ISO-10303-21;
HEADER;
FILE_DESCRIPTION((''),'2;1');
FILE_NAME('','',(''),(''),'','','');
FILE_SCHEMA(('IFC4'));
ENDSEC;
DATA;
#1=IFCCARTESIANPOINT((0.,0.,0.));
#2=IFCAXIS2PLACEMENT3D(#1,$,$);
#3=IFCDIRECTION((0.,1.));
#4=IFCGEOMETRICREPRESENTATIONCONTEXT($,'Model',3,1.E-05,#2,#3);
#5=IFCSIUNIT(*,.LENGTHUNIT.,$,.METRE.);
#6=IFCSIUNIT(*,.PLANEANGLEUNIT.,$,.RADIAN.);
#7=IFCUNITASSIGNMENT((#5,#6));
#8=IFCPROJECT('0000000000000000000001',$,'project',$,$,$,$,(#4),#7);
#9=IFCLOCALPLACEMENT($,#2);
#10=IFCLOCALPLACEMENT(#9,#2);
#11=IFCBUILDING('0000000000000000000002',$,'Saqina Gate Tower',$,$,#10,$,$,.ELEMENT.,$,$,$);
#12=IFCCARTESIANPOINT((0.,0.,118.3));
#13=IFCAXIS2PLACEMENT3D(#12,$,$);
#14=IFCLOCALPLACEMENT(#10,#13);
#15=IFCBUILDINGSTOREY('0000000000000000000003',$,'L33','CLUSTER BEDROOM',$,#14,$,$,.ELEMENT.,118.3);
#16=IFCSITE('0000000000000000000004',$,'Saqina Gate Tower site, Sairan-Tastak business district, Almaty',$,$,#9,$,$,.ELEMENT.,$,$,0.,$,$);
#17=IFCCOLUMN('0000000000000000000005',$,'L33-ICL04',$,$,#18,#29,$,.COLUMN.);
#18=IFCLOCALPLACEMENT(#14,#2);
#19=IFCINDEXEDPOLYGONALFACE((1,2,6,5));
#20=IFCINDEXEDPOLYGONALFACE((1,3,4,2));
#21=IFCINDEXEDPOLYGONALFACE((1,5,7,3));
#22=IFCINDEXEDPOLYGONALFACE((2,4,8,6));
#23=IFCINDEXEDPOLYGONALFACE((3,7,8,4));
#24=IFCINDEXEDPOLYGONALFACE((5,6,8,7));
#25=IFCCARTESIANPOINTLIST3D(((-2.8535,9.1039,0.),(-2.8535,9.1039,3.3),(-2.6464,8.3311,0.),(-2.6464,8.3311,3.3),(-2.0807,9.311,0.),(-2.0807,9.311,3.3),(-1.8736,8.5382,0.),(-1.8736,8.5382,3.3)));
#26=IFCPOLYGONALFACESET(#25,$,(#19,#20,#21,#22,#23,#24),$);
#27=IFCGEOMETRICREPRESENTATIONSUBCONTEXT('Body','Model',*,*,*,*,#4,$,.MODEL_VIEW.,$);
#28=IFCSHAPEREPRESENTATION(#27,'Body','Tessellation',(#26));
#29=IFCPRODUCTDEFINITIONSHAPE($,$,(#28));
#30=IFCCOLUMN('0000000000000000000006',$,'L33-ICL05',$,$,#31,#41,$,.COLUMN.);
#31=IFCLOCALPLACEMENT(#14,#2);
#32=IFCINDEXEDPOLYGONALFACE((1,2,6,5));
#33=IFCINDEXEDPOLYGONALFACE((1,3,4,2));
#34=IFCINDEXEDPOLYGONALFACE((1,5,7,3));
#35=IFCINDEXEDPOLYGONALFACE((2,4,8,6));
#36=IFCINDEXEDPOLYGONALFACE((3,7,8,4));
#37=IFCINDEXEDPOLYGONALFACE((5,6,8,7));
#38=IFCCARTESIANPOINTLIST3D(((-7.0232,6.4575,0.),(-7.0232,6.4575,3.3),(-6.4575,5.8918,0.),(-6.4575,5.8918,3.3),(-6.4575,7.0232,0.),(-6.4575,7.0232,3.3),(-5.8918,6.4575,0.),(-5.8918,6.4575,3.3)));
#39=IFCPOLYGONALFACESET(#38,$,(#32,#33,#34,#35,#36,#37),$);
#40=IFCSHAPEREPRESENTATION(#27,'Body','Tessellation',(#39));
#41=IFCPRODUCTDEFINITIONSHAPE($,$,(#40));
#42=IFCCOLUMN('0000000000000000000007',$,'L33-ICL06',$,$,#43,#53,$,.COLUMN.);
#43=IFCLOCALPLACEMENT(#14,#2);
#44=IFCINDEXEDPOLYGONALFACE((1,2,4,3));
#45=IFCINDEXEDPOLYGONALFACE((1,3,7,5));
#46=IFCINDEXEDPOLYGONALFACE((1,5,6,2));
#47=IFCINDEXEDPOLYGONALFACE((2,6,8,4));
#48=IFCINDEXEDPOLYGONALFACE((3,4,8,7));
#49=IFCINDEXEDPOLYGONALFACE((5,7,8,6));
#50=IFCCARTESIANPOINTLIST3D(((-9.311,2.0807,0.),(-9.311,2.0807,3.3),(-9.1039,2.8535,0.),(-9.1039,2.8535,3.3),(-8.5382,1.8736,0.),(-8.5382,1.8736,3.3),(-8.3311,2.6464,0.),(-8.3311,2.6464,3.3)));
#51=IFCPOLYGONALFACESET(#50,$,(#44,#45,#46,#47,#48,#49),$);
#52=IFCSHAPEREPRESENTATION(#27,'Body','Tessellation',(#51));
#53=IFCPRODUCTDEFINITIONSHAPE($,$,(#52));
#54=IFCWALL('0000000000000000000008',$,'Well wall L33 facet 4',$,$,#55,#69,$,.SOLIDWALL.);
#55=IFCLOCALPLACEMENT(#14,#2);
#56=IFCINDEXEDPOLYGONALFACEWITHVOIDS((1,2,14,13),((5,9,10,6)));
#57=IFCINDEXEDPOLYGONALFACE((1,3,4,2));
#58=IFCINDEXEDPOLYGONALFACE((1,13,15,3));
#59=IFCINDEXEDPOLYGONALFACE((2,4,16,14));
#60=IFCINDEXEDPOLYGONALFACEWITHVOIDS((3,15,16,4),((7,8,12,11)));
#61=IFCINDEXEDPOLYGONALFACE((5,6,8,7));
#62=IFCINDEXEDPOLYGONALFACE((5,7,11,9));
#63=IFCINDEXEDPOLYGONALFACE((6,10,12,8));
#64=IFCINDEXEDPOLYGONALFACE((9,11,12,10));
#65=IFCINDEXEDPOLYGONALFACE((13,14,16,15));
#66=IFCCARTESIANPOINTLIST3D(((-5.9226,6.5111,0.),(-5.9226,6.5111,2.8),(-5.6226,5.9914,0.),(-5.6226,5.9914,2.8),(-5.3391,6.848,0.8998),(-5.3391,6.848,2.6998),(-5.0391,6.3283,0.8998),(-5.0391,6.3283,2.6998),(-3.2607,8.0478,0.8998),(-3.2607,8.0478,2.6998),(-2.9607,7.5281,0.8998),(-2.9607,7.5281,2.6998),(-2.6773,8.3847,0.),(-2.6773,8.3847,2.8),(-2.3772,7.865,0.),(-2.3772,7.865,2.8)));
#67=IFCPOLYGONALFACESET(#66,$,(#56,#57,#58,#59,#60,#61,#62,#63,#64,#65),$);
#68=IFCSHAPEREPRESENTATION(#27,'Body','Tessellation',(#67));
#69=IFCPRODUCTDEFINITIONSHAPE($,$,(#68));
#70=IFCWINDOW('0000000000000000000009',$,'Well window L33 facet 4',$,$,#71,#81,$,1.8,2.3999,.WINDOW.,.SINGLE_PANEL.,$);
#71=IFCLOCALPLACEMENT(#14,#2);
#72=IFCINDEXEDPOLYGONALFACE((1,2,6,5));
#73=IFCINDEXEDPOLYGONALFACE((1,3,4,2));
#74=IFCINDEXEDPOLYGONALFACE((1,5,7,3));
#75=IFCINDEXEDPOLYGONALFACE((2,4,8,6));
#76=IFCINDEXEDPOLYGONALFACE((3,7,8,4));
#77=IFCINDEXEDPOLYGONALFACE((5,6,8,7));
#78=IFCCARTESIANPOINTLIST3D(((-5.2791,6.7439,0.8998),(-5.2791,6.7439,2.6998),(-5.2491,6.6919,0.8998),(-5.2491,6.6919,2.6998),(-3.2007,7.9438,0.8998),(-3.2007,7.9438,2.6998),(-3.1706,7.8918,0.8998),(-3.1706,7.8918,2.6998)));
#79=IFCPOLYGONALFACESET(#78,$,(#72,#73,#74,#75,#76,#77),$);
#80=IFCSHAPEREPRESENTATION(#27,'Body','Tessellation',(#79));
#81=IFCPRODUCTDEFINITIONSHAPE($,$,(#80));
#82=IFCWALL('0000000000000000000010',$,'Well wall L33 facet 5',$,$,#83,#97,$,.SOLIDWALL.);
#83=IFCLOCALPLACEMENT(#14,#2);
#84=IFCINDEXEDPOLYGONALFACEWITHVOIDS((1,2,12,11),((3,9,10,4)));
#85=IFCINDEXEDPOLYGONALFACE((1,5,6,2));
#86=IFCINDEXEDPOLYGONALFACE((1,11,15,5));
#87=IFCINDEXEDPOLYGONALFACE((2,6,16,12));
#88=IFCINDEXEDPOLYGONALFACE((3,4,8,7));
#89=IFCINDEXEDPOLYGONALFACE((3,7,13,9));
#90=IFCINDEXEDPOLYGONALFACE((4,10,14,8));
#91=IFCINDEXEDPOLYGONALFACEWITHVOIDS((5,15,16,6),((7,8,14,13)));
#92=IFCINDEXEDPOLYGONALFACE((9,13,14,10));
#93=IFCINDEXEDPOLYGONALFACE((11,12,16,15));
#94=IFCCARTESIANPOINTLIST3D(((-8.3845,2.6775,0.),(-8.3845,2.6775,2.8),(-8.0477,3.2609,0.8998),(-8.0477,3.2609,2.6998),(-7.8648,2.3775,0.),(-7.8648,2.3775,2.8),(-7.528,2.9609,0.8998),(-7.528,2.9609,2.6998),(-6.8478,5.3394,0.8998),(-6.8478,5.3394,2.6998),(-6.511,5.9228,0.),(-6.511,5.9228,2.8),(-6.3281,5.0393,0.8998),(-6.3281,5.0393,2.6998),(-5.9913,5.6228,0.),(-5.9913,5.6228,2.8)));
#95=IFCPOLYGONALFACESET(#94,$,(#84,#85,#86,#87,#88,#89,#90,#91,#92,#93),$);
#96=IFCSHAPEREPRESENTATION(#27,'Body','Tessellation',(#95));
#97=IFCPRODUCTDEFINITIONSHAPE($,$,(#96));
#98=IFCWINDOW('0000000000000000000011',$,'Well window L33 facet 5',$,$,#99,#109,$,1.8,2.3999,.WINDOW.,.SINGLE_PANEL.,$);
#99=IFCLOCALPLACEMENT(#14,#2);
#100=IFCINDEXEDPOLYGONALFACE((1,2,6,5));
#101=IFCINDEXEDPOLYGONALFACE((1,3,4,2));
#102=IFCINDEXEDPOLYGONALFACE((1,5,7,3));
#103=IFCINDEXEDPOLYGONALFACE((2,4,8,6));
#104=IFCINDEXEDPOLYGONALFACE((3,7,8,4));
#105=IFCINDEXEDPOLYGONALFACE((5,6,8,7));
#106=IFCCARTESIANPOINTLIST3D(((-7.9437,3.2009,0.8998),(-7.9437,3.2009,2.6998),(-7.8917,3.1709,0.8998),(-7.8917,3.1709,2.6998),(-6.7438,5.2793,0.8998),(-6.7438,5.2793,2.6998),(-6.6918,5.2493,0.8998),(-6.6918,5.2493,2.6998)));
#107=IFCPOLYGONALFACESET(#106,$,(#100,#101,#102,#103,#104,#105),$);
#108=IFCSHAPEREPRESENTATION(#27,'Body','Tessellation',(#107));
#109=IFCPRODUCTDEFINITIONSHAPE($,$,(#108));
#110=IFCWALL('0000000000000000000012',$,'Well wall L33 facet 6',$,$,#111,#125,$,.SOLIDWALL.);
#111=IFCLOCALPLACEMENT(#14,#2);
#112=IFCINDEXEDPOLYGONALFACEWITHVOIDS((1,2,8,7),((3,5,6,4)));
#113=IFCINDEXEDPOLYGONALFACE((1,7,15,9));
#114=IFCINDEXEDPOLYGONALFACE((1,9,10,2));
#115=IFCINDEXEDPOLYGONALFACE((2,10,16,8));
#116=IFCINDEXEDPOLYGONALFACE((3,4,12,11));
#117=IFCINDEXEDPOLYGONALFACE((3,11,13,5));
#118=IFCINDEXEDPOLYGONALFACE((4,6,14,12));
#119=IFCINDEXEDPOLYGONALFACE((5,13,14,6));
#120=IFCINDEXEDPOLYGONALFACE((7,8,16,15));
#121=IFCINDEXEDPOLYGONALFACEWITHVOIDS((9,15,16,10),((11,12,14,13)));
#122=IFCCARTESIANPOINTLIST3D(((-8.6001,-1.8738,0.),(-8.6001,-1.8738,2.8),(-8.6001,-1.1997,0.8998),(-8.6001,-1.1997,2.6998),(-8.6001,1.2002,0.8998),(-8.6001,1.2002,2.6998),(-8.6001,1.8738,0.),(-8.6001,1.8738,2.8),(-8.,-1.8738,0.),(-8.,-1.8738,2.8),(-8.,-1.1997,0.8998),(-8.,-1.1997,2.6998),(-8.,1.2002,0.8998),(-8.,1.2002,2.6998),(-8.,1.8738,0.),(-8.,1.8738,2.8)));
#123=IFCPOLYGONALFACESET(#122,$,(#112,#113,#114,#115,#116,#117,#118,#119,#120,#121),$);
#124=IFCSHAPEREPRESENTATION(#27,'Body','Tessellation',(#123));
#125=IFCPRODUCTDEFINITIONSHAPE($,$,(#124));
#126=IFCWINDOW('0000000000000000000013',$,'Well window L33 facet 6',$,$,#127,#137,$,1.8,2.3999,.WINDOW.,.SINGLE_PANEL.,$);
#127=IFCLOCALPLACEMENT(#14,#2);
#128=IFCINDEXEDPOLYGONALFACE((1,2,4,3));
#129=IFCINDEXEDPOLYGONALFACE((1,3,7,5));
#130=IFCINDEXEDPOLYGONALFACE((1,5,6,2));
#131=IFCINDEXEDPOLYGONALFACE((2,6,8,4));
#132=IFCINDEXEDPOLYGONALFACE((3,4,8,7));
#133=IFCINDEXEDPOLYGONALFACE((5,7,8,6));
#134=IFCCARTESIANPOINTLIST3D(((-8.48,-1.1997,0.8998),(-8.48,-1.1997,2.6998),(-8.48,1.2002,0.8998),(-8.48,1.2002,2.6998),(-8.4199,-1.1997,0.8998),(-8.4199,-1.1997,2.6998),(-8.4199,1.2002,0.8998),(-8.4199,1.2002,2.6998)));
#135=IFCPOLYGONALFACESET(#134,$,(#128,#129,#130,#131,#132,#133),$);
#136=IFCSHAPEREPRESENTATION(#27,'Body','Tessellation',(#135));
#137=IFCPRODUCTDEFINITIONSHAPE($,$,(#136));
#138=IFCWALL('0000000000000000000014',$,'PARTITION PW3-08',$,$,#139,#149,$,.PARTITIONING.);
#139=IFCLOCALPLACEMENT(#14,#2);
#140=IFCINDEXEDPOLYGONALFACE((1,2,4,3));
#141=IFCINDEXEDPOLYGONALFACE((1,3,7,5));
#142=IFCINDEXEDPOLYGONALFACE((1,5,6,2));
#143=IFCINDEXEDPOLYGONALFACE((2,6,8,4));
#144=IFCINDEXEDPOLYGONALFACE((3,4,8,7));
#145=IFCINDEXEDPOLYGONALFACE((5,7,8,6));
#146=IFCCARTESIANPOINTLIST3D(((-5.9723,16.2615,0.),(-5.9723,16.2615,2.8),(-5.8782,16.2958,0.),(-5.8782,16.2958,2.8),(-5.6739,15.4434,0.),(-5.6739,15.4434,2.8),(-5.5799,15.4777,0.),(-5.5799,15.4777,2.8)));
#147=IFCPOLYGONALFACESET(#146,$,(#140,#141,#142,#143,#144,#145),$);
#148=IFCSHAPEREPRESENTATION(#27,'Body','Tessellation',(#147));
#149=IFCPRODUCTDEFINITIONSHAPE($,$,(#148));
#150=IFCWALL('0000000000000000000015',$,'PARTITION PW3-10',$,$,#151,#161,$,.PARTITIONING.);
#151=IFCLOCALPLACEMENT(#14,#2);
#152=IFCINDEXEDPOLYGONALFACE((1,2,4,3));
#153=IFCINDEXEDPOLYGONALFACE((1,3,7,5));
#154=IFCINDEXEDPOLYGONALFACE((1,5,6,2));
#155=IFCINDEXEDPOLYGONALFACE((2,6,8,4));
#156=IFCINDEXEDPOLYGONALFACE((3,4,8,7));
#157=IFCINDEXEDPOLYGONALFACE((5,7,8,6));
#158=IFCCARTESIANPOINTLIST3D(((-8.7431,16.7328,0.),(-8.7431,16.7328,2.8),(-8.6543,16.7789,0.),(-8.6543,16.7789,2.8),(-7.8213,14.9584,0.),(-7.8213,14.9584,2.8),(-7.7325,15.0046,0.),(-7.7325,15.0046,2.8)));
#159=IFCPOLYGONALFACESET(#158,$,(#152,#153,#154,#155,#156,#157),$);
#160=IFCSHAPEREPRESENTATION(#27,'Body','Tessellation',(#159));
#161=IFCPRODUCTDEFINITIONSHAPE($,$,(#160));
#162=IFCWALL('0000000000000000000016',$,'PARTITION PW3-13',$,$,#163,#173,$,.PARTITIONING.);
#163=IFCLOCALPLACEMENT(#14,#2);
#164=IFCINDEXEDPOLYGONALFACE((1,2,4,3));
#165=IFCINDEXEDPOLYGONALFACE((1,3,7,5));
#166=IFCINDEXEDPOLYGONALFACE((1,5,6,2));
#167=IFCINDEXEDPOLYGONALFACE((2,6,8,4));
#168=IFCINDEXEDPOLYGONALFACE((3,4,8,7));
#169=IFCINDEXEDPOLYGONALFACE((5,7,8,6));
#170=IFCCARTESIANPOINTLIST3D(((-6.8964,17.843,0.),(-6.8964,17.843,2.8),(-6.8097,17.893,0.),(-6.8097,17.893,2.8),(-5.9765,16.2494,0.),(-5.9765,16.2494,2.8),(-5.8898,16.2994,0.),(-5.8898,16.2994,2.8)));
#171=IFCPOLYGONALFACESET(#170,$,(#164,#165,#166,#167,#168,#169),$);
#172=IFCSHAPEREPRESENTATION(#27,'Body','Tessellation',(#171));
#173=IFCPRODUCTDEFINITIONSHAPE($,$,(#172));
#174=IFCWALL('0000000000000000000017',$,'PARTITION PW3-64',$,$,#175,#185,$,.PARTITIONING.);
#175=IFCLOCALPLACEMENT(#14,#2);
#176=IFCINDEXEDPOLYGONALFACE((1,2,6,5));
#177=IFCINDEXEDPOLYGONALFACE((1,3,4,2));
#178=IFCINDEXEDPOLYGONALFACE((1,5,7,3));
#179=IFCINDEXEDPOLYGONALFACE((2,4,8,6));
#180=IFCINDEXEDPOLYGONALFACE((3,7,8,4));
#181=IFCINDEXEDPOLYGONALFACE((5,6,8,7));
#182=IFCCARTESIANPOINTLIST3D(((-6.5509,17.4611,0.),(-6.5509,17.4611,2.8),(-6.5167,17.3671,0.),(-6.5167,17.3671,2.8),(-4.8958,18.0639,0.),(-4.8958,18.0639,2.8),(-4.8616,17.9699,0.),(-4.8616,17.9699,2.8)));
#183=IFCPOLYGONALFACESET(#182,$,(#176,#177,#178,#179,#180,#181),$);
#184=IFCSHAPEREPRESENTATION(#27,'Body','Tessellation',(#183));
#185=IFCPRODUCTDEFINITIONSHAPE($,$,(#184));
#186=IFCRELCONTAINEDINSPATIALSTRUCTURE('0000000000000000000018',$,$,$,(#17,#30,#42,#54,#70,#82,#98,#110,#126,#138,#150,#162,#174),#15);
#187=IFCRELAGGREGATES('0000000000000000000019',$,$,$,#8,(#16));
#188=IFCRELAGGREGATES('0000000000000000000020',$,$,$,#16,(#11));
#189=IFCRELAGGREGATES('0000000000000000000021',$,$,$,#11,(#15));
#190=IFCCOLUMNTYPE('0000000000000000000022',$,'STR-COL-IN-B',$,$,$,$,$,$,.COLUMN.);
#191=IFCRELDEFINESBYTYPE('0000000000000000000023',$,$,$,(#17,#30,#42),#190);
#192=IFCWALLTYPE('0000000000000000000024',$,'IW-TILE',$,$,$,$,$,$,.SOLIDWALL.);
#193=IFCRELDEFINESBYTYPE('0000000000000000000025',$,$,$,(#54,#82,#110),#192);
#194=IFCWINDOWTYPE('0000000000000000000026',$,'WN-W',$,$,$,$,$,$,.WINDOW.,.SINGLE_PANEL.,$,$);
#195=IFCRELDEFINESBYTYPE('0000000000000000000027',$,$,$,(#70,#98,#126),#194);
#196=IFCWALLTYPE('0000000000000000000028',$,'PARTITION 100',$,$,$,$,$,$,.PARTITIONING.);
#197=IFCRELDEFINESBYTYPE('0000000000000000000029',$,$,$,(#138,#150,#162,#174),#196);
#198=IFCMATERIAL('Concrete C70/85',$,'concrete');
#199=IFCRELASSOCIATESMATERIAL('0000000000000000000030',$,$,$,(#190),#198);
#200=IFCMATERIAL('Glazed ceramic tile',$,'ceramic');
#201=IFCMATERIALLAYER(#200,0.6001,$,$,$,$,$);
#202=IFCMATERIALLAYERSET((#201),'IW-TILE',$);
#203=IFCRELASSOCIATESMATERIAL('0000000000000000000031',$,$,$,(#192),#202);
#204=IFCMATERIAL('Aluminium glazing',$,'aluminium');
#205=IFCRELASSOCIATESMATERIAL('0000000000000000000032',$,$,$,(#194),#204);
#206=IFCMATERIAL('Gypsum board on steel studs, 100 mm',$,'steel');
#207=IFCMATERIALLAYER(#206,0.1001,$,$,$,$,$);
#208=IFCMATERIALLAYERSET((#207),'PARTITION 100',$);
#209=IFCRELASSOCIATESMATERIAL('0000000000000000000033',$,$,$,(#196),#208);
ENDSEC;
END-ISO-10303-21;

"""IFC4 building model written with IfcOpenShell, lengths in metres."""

from ifc_helpers import new_model, si_unit, direction, frame, frame_2d, origin, origin_2d, place, context, subcontext, project, spatial, rectangle, extrude, material, layer, layer_set, material_profile, profile_set, type_object, element, fill, save


model = new_model("IFC4")

# Units and contexts
model_context = context("Model", 3, precision=1e-05, world=origin(), true_north=direction((0.0, 1.0)))
body_context = subcontext(model_context, "Body", "Model", "MODEL_VIEW")
ifc_project = project(units=[si_unit("LENGTHUNIT", "METRE"), si_unit("PLANEANGLEUNIT", "RADIAN")], contexts=[model_context])

# Site, building, storey
site_placement = place(None, origin())
site = spatial("IfcSite", under=ifc_project, at=site_placement, Name="Saqina Gate Tower site, Sairan-Tastak business district, Almaty", CompositionType="ELEMENT", RefElevation=0.0)
building_placement = place(site_placement, origin())
building = spatial("IfcBuilding", under=site, at=building_placement, Name="Saqina Gate Tower", CompositionType="ELEMENT")
storey_placement = place(building_placement, frame((0.0, 0.0, 118.3)))
storey = spatial("IfcBuildingStorey", under=building, at=storey_placement, Name="L33", Description="CLUSTER BEDROOM", CompositionType="ELEMENT", Elevation=118.3)

# Columns
ifc_material_1 = material(Name="Concrete C70/85", Category="concrete")
ifc_material_profile = material_profile(ifc_material_1, rectangle(XDim=0.8, YDim=0.8, at=origin_2d()), Name="RC 800x800")
ifc_profile_set = profile_set([ifc_material_profile], Name="Concrete C70/85")
column_type = type_object("IfcColumnType", Name="STR-COL-IN-B", PredefinedType="COLUMN", material=ifc_profile_set)
for number, where, z_axis, x_axis, name in (
    (1, (-2.3635, 8.821, 0.0), (0.0, 0.0, 1.0), (-0.258819, 0.965926, 0.0), "L33-ICL04"),
    (2, (-6.4575, 6.4575, 0.0), (0.0, 0.0, 1.0), (-0.707107, 0.707107, 0.0), "L33-ICL05"),
    (3, (-8.821, 2.3635, 0.0), (0.0, 0.0, 1.0), (-0.965926, 0.258819, 0.0), "L33-ICL06"),
):
    element("IfcColumn", number, at=place(storey_placement, frame(where, z_axis=z_axis, x_axis=x_axis)), inside=storey, type_object=column_type, Name=name, PredefinedType="COLUMN", context=body_context, shape_type="SweptSolid", body=[
        extrude(rectangle(XDim=0.8, YDim=0.8, at=origin_2d()), origin(), (0.0, 0.0, 1.0), 3.3),
    ])

# Walls, openings, windows
ifc_material_2 = material(Name="Glazed ceramic tile", Category="ceramic")
ifc_layer_1 = layer(ifc_material_2, 0.6001)
ifc_layer_set_1 = layer_set([ifc_layer_1], Name="IW-TILE")
wall_type_1 = type_object("IfcWallType", Name="IW-TILE", PredefinedType="SOLIDWALL", material=ifc_layer_set_1)
wall_1_placement = place(storey_placement, frame((-2.5273, 8.1248, 0.0), z_axis=(0.0, 0.0, 1.0), x_axis=(-0.866046, -0.499965, 0.0)))
wall_1 = element("IfcWall", 4, at=wall_1_placement, inside=storey, type_object=wall_type_1, Name="Well wall L33 facet 4", PredefinedType="SOLIDWALL", context=body_context, shape_type="SweptSolid", body=[
    extrude(rectangle(XDim=3.7473, YDim=0.6001, at=frame_2d((1.8735, 0.0))), origin(), (0.0, 0.0, 1.0), 2.8),
])
opening_1_placement = place(wall_1_placement, frame((0.6736, 0.0, 0.8999)))
opening_1 = element("IfcOpeningElement", 5, at=opening_1_placement, cuts=wall_1, PredefinedType="OPENING", context=body_context, shape_type="SweptSolid", body=[
    extrude(rectangle(XDim=2.3999, YDim=1.8, at=frame_2d((1.2, 0.8999))), frame((0.0, 0.312, 0.0), z_axis=(0.0, -1.0, 0.0), x_axis=(1.0, 0.0, 0.0)), (0.0, 0.0, 1.0), 0.624),
])
ifc_material_3 = material(Name="Aluminium glazing", Category="aluminium")
window_type = type_object("IfcWindowType", Name="WN-W", PartitioningType="SINGLE_PANEL", PredefinedType="WINDOW", material=ifc_material_3)
window_1_placement = place(opening_1_placement, origin())
window_1 = element("IfcWindow", 6, at=window_1_placement, inside=storey, type_object=window_type, Name="Well window L33 facet 4", OverallHeight=1.8, OverallWidth=2.3999, PartitioningType="SINGLE_PANEL", PredefinedType="WINDOW", context=body_context, shape_type="SweptSolid", body=[
    extrude(rectangle(XDim=2.3999, YDim=1.8, at=frame_2d((1.2, 0.8999))), frame((0.0, -0.1199, 0.0), z_axis=(0.0, -1.0, 0.0), x_axis=(1.0, 0.0, 0.0)), (0.0, 0.0, 1.0), 0.0601),
])
fill(opening_1, window_1)
wall_2_placement = place(storey_placement, frame((-6.2512, 5.7727, 0.0), z_axis=(0.0, 0.0, 1.0), x_axis=(-0.499965, -0.866046, 0.0)))
wall_2 = element("IfcWall", 7, at=wall_2_placement, inside=storey, type_object=wall_type_1, Name="Well wall L33 facet 5", PredefinedType="SOLIDWALL", context=body_context, shape_type="SweptSolid", body=[
    extrude(rectangle(XDim=3.7473, YDim=0.6001, at=frame_2d((1.8735, 0.0))), origin(), (0.0, 0.0, 1.0), 2.8),
])
opening_2_placement = place(wall_2_placement, frame((0.6736, 0.0, 0.8999)))
opening_2 = element("IfcOpeningElement", 8, at=opening_2_placement, cuts=wall_2, PredefinedType="OPENING", context=body_context, shape_type="SweptSolid", body=[
    extrude(rectangle(XDim=2.3999, YDim=1.8, at=frame_2d((1.2, 0.8999))), frame((0.0, 0.312, 0.0), z_axis=(0.0, -1.0, 0.0), x_axis=(1.0, 0.0, 0.0)), (0.0, 0.0, 1.0), 0.624),
])
window_2_placement = place(opening_2_placement, origin())
window_2 = element("IfcWindow", 9, at=window_2_placement, inside=storey, type_object=window_type, Name="Well window L33 facet 5", OverallHeight=1.8, OverallWidth=2.3999, PartitioningType="SINGLE_PANEL", PredefinedType="WINDOW", context=body_context, shape_type="SweptSolid", body=[
    extrude(rectangle(XDim=2.3999, YDim=1.8, at=frame_2d((1.2, 0.8999))), frame((0.0, -0.1199, 0.0), z_axis=(0.0, -1.0, 0.0), x_axis=(1.0, 0.0, 0.0)), (0.0, 0.0, 1.0), 0.0601),
])
fill(opening_2, window_2)
wall_3_placement = place(storey_placement, frame((-8.3, 1.8738, 0.0), z_axis=(0.0, 0.0, 1.0), x_axis=(0.0, -1.0, 0.0)))
wall_3 = element("IfcWall", 10, at=wall_3_placement, inside=storey, type_object=wall_type_1, Name="Well wall L33 facet 6", PredefinedType="SOLIDWALL", context=body_context, shape_type="SweptSolid", body=[
    extrude(rectangle(XDim=3.7476, YDim=0.6001, at=frame_2d((1.8738, 0.0))), origin(), (0.0, 0.0, 1.0), 2.8),
])
opening_3_placement = place(wall_3_placement, frame((0.6736, 0.0, 0.8999)))
opening_3 = element("IfcOpeningElement", 11, at=opening_3_placement, cuts=wall_3, PredefinedType="OPENING", context=body_context, shape_type="SweptSolid", body=[
    extrude(rectangle(XDim=2.3999, YDim=1.8, at=frame_2d((1.2, 0.8999))), frame((0.0, 0.312, 0.0), z_axis=(0.0, -1.0, 0.0), x_axis=(1.0, 0.0, 0.0)), (0.0, 0.0, 1.0), 0.624),
])
window_3_placement = place(opening_3_placement, origin())
window_3 = element("IfcWindow", 12, at=window_3_placement, inside=storey, type_object=window_type, Name="Well window L33 facet 6", OverallHeight=1.8, OverallWidth=2.3999, PartitioningType="SINGLE_PANEL", PredefinedType="WINDOW", context=body_context, shape_type="SweptSolid", body=[
    extrude(rectangle(XDim=2.3999, YDim=1.8, at=frame_2d((1.2, 0.8999))), frame((0.0, -0.1199, 0.0), z_axis=(0.0, -1.0, 0.0), x_axis=(1.0, 0.0, 0.0)), (0.0, 0.0, 1.0), 0.0601),
])
fill(opening_3, window_3)

# Walls
ifc_material_4 = material(Name="Gypsum board on steel studs, 100 mm", Category="steel")
ifc_layer_2 = layer(ifc_material_4, 0.1001)
ifc_layer_set_2 = layer_set([ifc_layer_2], Name="PARTITION 100")
wall_type_2 = type_object("IfcWallType", Name="PARTITION 100", PredefinedType="PARTITIONING", material=ifc_layer_set_2)
wall_4_placement = place(storey_placement, frame((-5.9253, 16.2788, 0.0), z_axis=(0.0, 0.0, 1.0), x_axis=(0.342598, -0.939482, 0.0)))
element("IfcWall", 13, at=wall_4_placement, inside=storey, type_object=wall_type_2, Name="PARTITION PW3-08", PredefinedType="PARTITIONING", context=body_context, shape_type="SweptSolid", body=[
    extrude(rectangle(XDim=0.8708, YDim=0.1001, at=frame_2d((0.4355, 0.0))), origin(), (0.0, 0.0, 1.0), 2.8),
])
wall_5_placement = place(storey_placement, frame((-8.6987, 16.7559, 0.0), z_axis=(0.0, 0.0, 1.0), x_axis=(0.46103, -0.887385, 0.0)))
element("IfcWall", 14, at=wall_5_placement, inside=storey, type_object=wall_type_2, Name="PARTITION PW3-10", PredefinedType="PARTITIONING", context=body_context, shape_type="SweptSolid", body=[
    extrude(rectangle(XDim=1.9995, YDim=0.1001, at=frame_2d((0.9998, 0.0))), origin(), (0.0, 0.0, 1.0), 2.8),
])
wall_6_placement = place(storey_placement, frame((-6.853, 17.8679, 0.0), z_axis=(0.0, 0.0, 1.0), x_axis=(0.499964, -0.866046, 0.0)))
element("IfcWall", 15, at=wall_6_placement, inside=storey, type_object=wall_type_2, Name="PARTITION PW3-13", PredefinedType="PARTITIONING", context=body_context, shape_type="SweptSolid", body=[
    extrude(rectangle(XDim=1.8401, YDim=0.1001, at=frame_2d((0.9199, 0.0))), origin(), (0.0, 0.0, 1.0), 2.8),
])
wall_7_placement = place(storey_placement, frame((-6.5339, 17.4141, 0.0), z_axis=(0.0, 0.0, 1.0), x_axis=(0.939619, 0.342222, 0.0)))
element("IfcWall", 16, at=wall_7_placement, inside=storey, type_object=wall_type_2, Name="PARTITION PW3-64", PredefinedType="PARTITIONING", context=body_context, shape_type="SweptSolid", body=[
    extrude(rectangle(XDim=1.7615, YDim=0.1001, at=frame_2d((0.8809, 0.0))), origin(), (0.0, 0.0, 1.0), 2.8),
])

save(model, "model.ifc")
